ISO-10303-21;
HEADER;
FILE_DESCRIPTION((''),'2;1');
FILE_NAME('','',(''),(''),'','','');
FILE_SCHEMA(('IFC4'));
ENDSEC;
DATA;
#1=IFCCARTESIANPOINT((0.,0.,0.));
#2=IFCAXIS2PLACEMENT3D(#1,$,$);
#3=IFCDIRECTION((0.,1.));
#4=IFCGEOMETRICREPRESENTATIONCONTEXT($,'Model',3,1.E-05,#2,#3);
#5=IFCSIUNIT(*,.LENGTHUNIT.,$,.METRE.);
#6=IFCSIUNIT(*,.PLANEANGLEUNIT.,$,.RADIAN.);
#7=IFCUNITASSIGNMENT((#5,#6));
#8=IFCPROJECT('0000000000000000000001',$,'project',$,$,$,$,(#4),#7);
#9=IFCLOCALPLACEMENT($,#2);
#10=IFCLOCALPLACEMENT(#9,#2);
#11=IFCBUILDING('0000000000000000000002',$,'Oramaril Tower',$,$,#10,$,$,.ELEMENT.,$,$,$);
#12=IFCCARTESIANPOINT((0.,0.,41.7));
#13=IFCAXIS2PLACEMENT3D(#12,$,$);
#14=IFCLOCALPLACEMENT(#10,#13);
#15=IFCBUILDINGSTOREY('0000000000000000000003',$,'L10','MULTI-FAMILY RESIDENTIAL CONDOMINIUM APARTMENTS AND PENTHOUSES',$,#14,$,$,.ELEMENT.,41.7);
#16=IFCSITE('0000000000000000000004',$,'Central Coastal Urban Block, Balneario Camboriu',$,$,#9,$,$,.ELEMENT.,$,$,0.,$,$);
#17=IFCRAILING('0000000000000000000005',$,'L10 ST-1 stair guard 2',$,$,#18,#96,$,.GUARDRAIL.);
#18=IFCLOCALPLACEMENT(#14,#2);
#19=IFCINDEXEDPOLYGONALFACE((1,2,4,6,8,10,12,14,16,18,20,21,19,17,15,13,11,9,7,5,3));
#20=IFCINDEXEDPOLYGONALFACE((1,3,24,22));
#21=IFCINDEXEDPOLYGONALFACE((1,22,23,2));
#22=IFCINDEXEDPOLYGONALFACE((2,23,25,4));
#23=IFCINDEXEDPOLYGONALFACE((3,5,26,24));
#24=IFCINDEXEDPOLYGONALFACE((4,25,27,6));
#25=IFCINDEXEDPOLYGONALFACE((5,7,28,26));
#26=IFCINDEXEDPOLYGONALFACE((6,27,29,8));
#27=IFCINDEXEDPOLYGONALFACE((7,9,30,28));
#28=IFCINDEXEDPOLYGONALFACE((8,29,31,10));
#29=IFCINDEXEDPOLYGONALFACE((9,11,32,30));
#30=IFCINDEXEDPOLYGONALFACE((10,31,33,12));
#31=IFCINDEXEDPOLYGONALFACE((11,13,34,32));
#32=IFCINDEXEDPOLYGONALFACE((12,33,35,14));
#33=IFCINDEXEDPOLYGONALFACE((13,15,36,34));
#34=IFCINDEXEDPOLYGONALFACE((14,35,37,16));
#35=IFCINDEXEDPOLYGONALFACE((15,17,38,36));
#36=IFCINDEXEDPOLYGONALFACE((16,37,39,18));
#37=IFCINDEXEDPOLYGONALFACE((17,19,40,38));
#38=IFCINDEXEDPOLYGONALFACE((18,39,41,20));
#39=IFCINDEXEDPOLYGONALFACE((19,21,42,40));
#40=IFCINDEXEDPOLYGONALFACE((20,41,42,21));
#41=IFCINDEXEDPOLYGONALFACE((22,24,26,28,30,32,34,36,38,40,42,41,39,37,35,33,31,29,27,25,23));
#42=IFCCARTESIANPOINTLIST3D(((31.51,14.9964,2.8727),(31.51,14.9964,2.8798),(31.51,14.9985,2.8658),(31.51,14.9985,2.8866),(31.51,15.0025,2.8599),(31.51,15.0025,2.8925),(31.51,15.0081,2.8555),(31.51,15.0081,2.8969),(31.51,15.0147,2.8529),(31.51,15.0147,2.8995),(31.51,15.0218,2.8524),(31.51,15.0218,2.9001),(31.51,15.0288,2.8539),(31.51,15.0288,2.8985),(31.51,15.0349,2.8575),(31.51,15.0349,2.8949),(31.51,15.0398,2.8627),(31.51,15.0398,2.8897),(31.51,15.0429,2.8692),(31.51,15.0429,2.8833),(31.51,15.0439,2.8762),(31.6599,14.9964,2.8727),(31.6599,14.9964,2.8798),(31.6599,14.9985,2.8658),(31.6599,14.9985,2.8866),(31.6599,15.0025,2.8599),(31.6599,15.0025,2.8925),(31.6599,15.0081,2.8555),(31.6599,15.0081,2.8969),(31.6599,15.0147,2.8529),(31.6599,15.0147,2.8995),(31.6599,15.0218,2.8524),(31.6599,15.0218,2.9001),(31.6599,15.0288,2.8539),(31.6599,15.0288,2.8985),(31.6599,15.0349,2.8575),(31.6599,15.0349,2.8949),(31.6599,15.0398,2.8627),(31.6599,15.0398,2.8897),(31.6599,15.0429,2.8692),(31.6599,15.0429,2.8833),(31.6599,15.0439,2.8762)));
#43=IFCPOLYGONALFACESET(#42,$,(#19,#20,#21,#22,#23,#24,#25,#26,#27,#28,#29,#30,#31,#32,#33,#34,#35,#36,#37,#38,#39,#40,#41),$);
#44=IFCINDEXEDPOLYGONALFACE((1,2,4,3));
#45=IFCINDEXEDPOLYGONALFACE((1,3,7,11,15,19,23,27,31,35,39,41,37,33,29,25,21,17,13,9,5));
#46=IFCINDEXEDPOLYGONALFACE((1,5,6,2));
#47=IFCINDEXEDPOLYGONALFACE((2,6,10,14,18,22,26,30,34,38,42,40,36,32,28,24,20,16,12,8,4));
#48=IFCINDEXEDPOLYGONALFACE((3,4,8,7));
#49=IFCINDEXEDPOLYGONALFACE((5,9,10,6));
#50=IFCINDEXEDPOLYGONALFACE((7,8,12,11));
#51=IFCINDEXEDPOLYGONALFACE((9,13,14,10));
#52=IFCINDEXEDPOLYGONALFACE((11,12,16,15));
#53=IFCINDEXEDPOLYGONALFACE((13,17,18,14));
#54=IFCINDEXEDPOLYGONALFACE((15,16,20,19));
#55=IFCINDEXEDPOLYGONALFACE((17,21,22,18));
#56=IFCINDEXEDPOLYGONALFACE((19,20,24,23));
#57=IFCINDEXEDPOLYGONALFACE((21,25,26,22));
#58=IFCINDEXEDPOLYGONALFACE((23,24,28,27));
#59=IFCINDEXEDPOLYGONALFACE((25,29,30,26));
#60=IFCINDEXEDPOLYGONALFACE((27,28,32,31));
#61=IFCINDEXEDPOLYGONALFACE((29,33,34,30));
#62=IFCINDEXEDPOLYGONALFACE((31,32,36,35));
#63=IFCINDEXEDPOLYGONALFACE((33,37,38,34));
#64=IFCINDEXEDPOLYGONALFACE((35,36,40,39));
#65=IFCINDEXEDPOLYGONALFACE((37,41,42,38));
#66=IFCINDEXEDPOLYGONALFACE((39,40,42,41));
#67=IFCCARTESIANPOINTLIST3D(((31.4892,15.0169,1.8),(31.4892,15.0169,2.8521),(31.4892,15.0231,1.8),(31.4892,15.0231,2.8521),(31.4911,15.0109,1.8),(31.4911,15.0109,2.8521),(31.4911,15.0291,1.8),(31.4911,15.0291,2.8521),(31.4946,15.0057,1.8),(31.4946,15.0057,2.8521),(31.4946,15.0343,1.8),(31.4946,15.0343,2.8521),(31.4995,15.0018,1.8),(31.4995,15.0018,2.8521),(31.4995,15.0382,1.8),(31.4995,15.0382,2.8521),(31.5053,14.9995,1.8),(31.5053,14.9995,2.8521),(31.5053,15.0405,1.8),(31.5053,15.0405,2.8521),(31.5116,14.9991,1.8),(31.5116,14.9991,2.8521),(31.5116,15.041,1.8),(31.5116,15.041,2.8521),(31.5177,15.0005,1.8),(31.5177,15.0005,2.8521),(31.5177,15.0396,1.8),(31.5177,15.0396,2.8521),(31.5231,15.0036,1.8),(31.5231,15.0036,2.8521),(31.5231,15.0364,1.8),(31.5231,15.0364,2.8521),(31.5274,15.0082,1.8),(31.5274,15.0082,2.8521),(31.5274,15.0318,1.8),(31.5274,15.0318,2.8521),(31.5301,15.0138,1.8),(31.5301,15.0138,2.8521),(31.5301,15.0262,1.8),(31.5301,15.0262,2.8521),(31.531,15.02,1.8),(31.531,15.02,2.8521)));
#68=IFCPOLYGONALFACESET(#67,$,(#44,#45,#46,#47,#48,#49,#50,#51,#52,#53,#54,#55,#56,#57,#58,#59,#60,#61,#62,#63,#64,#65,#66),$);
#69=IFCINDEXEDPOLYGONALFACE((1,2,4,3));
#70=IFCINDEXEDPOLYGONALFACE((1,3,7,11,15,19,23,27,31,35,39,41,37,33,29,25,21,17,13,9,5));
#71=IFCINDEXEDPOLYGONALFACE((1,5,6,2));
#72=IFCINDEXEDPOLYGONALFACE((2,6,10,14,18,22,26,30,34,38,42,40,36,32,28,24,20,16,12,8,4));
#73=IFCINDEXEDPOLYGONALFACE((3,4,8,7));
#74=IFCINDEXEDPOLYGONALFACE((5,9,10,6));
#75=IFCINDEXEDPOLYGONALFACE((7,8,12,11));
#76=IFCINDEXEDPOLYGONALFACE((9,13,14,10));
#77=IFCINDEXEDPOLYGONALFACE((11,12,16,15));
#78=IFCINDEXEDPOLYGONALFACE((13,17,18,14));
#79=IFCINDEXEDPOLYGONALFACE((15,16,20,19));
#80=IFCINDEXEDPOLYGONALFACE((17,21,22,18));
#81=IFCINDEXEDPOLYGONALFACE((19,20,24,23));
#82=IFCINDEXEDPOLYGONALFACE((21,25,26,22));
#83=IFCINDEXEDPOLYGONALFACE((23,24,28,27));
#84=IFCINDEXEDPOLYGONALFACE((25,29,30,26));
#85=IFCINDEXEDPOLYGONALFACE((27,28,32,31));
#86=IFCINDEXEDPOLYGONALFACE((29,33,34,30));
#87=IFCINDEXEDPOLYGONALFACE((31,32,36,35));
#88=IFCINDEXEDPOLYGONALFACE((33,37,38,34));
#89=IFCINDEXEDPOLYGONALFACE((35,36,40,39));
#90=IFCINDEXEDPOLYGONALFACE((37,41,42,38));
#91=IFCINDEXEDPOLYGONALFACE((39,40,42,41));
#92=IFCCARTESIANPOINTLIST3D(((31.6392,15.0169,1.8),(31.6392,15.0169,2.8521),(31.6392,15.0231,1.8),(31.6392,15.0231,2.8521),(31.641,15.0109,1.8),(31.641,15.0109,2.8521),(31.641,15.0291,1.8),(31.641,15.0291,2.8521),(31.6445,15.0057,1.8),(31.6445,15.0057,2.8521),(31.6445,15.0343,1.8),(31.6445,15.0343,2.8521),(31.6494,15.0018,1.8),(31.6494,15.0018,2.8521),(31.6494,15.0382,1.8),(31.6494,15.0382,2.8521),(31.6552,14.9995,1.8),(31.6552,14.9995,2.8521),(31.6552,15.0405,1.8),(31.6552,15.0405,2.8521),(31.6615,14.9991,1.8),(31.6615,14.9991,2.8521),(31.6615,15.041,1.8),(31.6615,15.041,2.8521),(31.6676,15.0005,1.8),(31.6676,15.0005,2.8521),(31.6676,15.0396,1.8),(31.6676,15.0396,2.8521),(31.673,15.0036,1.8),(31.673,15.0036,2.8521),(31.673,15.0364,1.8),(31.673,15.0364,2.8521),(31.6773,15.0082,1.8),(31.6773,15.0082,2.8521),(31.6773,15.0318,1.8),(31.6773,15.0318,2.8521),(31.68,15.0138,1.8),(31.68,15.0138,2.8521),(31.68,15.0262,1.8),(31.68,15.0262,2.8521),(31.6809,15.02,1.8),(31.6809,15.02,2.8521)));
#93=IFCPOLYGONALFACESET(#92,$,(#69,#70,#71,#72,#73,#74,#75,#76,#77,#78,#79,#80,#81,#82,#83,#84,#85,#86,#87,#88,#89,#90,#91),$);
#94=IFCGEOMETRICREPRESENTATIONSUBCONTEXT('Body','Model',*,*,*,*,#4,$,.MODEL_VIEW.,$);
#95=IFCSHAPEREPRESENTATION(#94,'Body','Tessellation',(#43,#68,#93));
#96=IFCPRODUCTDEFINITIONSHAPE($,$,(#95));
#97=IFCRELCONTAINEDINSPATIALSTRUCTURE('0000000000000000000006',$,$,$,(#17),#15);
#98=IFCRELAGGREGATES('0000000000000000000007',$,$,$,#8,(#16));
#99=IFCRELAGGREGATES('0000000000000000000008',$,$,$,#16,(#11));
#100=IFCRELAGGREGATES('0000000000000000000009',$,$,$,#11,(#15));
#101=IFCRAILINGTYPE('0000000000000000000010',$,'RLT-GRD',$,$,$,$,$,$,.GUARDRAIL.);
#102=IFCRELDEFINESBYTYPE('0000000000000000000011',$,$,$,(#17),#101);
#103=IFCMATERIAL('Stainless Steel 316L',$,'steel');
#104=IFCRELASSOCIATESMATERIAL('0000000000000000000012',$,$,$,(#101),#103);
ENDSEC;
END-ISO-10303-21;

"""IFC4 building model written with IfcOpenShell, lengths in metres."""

from ifc_helpers import new_model, si_unit, direction, frame, origin, origin_2d, place, context, subcontext, project, spatial, circle, extrude, material, type_object, element, save


model = new_model("IFC4")

# Units and contexts
model_context = context("Model", 3, precision=1e-05, world=origin(), true_north=direction((0.0, 1.0)))
body_context = subcontext(model_context, "Body", "Model", "MODEL_VIEW")
ifc_project = project(units=[si_unit("LENGTHUNIT", "METRE"), si_unit("PLANEANGLEUNIT", "RADIAN")], contexts=[model_context])

# Site, building, storey
site_placement = place(None, origin())
site = spatial("IfcSite", under=ifc_project, at=site_placement, Name="Central Coastal Urban Block, Balneario Camboriu", CompositionType="ELEMENT", RefElevation=0.0)
building_placement = place(site_placement, origin())
building = spatial("IfcBuilding", under=site, at=building_placement, Name="Oramaril Tower", CompositionType="ELEMENT")
storey_placement = place(building_placement, frame((0.0, 0.0, 41.7)))
storey = spatial("IfcBuildingStorey", under=building, at=storey_placement, Name="L10", Description="MULTI-FAMILY RESIDENTIAL CONDOMINIUM APARTMENTS AND PENTHOUSES", CompositionType="ELEMENT", Elevation=41.7)

# Railing
ifc_material_1 = material(Name="Stainless Steel 316L", Category="steel")
railing_type_1 = type_object("IfcRailingType", Name="RLT-GRD", PredefinedType="GUARDRAIL", material=ifc_material_1)
railing_1_placement = place(storey_placement, frame((31.51, 15.02, 1.8)))
element("IfcRailing", 1, at=railing_1_placement, inside=storey, type_object=railing_type_1, Name="L10 ST-1 stair guard 2", PredefinedType="GUARDRAIL", context=body_context, shape_type="SweptSolid", body=[
    extrude(circle(Radius=0.0239, at=origin_2d()), frame((0.0, 0.0, 1.0762), z_axis=(1.0, 0.0, 0.0), x_axis=(0.0, 1.0, 0.0)), (0.0, 0.0, 1.0), 0.1499),
    extrude(circle(Radius=0.021, at=origin_2d()), origin(), (0.0, 0.0, 1.0), 1.052),
    extrude(circle(Radius=0.021, at=origin_2d()), frame((0.1499, 0.0, 0.0)), (0.0, 0.0, 1.0), 1.052),
])

save(model, "model.ifc")
